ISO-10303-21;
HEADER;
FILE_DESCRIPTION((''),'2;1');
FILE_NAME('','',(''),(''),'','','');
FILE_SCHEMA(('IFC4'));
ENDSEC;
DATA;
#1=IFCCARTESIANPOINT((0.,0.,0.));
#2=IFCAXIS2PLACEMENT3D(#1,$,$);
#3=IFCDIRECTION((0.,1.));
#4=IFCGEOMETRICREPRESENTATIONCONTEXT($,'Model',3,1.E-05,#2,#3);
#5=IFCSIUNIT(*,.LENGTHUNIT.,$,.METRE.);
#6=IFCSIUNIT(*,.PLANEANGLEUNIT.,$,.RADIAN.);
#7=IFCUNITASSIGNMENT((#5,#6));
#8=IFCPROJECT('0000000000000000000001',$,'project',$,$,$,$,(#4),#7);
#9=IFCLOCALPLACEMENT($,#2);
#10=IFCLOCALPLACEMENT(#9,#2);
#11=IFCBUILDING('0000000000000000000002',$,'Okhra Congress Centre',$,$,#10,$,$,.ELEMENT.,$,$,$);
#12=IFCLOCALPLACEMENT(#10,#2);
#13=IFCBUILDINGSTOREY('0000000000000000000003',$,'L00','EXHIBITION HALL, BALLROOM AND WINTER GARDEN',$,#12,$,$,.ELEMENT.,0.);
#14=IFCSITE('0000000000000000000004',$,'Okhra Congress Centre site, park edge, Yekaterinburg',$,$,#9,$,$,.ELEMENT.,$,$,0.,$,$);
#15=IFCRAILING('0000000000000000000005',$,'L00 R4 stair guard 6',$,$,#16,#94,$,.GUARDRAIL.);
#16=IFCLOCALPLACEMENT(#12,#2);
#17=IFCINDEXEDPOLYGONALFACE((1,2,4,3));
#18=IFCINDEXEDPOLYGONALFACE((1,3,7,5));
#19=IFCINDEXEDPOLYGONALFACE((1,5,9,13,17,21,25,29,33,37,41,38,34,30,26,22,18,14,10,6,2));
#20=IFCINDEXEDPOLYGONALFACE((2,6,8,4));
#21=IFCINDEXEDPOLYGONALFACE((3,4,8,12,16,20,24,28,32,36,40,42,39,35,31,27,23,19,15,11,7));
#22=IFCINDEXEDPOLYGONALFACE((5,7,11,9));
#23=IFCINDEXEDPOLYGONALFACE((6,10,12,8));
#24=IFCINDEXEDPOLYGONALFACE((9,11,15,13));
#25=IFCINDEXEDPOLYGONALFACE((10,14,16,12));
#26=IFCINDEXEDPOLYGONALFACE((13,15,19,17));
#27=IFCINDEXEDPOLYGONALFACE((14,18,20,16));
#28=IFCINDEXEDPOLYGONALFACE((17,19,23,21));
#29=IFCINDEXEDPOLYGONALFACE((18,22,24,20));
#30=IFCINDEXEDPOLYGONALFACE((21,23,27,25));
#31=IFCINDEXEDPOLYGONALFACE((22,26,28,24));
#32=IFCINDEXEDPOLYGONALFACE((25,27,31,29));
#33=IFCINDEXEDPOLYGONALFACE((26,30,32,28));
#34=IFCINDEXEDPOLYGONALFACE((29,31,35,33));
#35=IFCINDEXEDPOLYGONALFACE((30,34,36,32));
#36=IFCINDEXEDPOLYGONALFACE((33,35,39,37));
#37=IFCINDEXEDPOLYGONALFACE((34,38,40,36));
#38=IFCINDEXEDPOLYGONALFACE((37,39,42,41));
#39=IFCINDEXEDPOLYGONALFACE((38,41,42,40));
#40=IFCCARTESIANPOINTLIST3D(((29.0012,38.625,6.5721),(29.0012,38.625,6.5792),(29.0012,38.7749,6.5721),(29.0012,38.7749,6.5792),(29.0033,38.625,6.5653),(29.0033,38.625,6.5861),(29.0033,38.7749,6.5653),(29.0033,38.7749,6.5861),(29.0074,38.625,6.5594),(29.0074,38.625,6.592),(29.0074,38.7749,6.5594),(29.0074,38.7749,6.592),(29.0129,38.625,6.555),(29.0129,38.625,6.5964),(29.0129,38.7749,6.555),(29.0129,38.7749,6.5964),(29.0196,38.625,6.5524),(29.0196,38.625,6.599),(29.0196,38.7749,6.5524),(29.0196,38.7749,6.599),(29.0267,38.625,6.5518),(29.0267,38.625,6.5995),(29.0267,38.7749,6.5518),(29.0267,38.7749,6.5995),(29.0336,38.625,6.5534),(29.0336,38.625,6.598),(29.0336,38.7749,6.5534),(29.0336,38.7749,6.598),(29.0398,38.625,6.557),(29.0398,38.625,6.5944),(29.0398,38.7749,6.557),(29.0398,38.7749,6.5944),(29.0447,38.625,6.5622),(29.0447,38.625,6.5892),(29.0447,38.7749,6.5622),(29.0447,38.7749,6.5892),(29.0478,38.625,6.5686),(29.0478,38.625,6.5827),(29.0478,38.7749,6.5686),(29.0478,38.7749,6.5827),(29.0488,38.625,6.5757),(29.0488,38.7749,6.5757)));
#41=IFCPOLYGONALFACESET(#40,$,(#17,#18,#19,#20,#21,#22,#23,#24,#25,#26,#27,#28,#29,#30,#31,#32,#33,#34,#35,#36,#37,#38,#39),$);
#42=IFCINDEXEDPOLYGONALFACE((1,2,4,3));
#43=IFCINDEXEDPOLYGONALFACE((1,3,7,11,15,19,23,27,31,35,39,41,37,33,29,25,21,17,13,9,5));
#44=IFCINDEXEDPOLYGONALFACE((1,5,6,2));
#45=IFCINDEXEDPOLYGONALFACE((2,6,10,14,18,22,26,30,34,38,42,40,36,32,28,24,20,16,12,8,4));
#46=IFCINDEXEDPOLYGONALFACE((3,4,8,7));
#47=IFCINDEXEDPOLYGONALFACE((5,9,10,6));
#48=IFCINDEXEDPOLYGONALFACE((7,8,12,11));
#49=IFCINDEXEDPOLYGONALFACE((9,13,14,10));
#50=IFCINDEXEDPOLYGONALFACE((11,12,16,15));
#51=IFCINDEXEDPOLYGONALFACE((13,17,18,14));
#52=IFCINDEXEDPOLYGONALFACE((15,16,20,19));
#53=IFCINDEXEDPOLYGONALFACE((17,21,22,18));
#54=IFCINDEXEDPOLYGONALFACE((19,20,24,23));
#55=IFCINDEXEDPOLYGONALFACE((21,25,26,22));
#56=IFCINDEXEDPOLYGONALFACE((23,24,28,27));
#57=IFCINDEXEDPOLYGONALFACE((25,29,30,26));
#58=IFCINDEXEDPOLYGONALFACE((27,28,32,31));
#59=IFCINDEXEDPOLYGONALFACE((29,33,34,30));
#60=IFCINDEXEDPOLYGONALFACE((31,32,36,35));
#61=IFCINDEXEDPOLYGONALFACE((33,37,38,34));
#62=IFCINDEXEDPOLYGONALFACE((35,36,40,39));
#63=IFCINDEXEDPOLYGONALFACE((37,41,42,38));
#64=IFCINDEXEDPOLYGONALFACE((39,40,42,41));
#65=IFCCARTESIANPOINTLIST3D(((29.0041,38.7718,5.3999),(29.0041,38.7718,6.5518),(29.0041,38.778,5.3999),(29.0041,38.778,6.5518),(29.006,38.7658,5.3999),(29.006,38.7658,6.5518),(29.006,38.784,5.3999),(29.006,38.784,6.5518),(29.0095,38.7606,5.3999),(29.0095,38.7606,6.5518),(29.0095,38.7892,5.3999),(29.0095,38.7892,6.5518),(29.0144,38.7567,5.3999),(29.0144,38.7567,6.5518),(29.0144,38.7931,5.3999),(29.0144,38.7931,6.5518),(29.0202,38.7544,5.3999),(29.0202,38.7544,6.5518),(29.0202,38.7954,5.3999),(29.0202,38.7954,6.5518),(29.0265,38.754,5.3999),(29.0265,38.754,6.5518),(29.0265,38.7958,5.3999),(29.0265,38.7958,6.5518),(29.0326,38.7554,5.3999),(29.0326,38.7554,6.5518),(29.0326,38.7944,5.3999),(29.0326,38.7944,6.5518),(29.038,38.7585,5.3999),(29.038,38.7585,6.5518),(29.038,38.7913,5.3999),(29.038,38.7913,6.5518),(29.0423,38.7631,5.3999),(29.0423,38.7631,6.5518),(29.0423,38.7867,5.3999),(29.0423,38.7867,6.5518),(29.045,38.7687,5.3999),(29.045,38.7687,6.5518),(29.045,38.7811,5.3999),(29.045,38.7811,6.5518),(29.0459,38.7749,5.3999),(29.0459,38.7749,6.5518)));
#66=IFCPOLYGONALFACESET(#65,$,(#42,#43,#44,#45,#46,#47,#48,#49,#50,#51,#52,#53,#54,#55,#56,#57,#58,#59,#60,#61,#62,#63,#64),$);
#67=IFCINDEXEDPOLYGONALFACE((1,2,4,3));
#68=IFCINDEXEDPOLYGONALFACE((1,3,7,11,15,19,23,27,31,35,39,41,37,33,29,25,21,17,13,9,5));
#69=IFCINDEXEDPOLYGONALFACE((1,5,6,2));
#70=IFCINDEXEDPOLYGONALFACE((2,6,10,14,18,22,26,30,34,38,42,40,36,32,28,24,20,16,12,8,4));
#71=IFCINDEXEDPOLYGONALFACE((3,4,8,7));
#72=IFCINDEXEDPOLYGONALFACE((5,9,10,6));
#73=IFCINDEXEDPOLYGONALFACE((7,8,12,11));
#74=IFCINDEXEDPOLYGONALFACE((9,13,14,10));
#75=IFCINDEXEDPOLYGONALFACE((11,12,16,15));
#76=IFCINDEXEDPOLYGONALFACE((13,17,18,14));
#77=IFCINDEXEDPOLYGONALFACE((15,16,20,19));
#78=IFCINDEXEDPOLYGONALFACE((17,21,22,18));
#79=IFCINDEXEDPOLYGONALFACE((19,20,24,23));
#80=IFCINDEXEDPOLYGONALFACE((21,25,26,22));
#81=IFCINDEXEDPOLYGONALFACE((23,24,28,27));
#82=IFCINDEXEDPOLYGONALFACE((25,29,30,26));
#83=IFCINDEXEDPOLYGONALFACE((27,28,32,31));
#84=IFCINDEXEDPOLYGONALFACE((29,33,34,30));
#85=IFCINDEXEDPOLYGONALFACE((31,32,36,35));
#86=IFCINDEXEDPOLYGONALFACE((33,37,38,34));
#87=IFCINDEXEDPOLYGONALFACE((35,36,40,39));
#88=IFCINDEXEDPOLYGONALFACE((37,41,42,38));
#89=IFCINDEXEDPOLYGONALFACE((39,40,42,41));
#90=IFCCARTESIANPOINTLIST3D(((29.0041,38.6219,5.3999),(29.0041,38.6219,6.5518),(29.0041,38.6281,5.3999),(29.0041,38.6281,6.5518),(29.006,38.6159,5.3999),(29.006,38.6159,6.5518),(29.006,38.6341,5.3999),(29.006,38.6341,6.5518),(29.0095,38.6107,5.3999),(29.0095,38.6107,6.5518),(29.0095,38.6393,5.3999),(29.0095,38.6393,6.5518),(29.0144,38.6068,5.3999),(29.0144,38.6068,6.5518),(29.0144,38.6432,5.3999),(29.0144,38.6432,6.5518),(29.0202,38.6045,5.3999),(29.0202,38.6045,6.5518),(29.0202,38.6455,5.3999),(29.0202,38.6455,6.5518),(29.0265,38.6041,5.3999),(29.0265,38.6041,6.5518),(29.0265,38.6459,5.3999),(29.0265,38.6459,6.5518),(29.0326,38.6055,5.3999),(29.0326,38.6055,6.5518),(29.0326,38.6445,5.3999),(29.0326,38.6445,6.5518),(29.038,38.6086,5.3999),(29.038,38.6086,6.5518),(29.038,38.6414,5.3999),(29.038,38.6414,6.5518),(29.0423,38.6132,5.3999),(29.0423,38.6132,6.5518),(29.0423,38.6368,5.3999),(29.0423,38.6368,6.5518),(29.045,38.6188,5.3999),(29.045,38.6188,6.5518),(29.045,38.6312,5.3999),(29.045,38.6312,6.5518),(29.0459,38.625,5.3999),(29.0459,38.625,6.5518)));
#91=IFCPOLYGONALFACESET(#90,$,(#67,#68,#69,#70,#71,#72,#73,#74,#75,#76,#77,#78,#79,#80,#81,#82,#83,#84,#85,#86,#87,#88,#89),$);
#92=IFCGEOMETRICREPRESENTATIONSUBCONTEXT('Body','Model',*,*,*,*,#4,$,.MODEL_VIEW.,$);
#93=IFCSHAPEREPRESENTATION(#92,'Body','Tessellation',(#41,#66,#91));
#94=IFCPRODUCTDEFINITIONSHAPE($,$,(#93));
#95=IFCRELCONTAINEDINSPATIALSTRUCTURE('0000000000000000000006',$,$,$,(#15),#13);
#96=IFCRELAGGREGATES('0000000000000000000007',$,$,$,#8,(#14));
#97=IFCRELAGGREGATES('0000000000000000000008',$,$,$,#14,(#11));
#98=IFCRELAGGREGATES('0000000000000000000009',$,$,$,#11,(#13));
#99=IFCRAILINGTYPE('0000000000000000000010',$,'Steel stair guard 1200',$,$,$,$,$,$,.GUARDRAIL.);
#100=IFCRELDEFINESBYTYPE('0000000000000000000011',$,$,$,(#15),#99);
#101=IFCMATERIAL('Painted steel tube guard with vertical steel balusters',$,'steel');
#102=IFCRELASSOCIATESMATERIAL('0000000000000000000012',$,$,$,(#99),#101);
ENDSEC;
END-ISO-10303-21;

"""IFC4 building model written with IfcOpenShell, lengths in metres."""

from ifc_helpers import new_model, si_unit, direction, frame, origin, origin_2d, place, context, subcontext, project, spatial, circle, extrude, material, type_object, element, save


model = new_model("IFC4")

# Units and contexts
model_context = context("Model", 3, precision=1e-05, world=origin(), true_north=direction((0.0, 1.0)))
body_context = subcontext(model_context, "Body", "Model", "MODEL_VIEW")
ifc_project = project(units=[si_unit("LENGTHUNIT", "METRE"), si_unit("PLANEANGLEUNIT", "RADIAN")], contexts=[model_context])

# Site, building, storey
site_placement = place(None, origin())
site = spatial("IfcSite", under=ifc_project, at=site_placement, Name="Okhra Congress Centre site, park edge, Yekaterinburg", CompositionType="ELEMENT", RefElevation=0.0)
building_placement = place(site_placement, origin())
building = spatial("IfcBuilding", under=site, at=building_placement, Name="Okhra Congress Centre", CompositionType="ELEMENT")
storey_placement = place(building_placement, origin())
storey = spatial("IfcBuildingStorey", under=building, at=storey_placement, Name="L00", Description="EXHIBITION HALL, BALLROOM AND WINTER GARDEN", CompositionType="ELEMENT", Elevation=0.0)

# Railing
ifc_material_1 = material(Name="Painted steel tube guard with vertical steel balusters", Category="steel")
railing_type_1 = type_object("IfcRailingType", Name="Steel stair guard 1200", PredefinedType="GUARDRAIL", material=ifc_material_1)
railing_1_placement = place(storey_placement, frame((29.0249, 38.7749, 5.3999)))
element("IfcRailing", 1, at=railing_1_placement, inside=storey, type_object=railing_type_1, Name="L00 R4 stair guard 6", PredefinedType="GUARDRAIL", context=body_context, shape_type="SweptSolid", body=[
    extrude(circle(Radius=0.0239, at=origin_2d()), frame((0.0, 0.0, 1.1758), z_axis=(0.0, -1.0, 0.0), x_axis=(1.0, 0.0, 0.0)), (0.0, 0.0, 1.0), 0.1499),
    extrude(circle(Radius=0.021, at=origin_2d()), origin(), (0.0, 0.0, 1.0), 1.1519),
    extrude(circle(Radius=0.021, at=origin_2d()), frame((0.0, -0.1499, 0.0)), (0.0, 0.0, 1.0), 1.1519),
])

save(model, "model.ifc")
